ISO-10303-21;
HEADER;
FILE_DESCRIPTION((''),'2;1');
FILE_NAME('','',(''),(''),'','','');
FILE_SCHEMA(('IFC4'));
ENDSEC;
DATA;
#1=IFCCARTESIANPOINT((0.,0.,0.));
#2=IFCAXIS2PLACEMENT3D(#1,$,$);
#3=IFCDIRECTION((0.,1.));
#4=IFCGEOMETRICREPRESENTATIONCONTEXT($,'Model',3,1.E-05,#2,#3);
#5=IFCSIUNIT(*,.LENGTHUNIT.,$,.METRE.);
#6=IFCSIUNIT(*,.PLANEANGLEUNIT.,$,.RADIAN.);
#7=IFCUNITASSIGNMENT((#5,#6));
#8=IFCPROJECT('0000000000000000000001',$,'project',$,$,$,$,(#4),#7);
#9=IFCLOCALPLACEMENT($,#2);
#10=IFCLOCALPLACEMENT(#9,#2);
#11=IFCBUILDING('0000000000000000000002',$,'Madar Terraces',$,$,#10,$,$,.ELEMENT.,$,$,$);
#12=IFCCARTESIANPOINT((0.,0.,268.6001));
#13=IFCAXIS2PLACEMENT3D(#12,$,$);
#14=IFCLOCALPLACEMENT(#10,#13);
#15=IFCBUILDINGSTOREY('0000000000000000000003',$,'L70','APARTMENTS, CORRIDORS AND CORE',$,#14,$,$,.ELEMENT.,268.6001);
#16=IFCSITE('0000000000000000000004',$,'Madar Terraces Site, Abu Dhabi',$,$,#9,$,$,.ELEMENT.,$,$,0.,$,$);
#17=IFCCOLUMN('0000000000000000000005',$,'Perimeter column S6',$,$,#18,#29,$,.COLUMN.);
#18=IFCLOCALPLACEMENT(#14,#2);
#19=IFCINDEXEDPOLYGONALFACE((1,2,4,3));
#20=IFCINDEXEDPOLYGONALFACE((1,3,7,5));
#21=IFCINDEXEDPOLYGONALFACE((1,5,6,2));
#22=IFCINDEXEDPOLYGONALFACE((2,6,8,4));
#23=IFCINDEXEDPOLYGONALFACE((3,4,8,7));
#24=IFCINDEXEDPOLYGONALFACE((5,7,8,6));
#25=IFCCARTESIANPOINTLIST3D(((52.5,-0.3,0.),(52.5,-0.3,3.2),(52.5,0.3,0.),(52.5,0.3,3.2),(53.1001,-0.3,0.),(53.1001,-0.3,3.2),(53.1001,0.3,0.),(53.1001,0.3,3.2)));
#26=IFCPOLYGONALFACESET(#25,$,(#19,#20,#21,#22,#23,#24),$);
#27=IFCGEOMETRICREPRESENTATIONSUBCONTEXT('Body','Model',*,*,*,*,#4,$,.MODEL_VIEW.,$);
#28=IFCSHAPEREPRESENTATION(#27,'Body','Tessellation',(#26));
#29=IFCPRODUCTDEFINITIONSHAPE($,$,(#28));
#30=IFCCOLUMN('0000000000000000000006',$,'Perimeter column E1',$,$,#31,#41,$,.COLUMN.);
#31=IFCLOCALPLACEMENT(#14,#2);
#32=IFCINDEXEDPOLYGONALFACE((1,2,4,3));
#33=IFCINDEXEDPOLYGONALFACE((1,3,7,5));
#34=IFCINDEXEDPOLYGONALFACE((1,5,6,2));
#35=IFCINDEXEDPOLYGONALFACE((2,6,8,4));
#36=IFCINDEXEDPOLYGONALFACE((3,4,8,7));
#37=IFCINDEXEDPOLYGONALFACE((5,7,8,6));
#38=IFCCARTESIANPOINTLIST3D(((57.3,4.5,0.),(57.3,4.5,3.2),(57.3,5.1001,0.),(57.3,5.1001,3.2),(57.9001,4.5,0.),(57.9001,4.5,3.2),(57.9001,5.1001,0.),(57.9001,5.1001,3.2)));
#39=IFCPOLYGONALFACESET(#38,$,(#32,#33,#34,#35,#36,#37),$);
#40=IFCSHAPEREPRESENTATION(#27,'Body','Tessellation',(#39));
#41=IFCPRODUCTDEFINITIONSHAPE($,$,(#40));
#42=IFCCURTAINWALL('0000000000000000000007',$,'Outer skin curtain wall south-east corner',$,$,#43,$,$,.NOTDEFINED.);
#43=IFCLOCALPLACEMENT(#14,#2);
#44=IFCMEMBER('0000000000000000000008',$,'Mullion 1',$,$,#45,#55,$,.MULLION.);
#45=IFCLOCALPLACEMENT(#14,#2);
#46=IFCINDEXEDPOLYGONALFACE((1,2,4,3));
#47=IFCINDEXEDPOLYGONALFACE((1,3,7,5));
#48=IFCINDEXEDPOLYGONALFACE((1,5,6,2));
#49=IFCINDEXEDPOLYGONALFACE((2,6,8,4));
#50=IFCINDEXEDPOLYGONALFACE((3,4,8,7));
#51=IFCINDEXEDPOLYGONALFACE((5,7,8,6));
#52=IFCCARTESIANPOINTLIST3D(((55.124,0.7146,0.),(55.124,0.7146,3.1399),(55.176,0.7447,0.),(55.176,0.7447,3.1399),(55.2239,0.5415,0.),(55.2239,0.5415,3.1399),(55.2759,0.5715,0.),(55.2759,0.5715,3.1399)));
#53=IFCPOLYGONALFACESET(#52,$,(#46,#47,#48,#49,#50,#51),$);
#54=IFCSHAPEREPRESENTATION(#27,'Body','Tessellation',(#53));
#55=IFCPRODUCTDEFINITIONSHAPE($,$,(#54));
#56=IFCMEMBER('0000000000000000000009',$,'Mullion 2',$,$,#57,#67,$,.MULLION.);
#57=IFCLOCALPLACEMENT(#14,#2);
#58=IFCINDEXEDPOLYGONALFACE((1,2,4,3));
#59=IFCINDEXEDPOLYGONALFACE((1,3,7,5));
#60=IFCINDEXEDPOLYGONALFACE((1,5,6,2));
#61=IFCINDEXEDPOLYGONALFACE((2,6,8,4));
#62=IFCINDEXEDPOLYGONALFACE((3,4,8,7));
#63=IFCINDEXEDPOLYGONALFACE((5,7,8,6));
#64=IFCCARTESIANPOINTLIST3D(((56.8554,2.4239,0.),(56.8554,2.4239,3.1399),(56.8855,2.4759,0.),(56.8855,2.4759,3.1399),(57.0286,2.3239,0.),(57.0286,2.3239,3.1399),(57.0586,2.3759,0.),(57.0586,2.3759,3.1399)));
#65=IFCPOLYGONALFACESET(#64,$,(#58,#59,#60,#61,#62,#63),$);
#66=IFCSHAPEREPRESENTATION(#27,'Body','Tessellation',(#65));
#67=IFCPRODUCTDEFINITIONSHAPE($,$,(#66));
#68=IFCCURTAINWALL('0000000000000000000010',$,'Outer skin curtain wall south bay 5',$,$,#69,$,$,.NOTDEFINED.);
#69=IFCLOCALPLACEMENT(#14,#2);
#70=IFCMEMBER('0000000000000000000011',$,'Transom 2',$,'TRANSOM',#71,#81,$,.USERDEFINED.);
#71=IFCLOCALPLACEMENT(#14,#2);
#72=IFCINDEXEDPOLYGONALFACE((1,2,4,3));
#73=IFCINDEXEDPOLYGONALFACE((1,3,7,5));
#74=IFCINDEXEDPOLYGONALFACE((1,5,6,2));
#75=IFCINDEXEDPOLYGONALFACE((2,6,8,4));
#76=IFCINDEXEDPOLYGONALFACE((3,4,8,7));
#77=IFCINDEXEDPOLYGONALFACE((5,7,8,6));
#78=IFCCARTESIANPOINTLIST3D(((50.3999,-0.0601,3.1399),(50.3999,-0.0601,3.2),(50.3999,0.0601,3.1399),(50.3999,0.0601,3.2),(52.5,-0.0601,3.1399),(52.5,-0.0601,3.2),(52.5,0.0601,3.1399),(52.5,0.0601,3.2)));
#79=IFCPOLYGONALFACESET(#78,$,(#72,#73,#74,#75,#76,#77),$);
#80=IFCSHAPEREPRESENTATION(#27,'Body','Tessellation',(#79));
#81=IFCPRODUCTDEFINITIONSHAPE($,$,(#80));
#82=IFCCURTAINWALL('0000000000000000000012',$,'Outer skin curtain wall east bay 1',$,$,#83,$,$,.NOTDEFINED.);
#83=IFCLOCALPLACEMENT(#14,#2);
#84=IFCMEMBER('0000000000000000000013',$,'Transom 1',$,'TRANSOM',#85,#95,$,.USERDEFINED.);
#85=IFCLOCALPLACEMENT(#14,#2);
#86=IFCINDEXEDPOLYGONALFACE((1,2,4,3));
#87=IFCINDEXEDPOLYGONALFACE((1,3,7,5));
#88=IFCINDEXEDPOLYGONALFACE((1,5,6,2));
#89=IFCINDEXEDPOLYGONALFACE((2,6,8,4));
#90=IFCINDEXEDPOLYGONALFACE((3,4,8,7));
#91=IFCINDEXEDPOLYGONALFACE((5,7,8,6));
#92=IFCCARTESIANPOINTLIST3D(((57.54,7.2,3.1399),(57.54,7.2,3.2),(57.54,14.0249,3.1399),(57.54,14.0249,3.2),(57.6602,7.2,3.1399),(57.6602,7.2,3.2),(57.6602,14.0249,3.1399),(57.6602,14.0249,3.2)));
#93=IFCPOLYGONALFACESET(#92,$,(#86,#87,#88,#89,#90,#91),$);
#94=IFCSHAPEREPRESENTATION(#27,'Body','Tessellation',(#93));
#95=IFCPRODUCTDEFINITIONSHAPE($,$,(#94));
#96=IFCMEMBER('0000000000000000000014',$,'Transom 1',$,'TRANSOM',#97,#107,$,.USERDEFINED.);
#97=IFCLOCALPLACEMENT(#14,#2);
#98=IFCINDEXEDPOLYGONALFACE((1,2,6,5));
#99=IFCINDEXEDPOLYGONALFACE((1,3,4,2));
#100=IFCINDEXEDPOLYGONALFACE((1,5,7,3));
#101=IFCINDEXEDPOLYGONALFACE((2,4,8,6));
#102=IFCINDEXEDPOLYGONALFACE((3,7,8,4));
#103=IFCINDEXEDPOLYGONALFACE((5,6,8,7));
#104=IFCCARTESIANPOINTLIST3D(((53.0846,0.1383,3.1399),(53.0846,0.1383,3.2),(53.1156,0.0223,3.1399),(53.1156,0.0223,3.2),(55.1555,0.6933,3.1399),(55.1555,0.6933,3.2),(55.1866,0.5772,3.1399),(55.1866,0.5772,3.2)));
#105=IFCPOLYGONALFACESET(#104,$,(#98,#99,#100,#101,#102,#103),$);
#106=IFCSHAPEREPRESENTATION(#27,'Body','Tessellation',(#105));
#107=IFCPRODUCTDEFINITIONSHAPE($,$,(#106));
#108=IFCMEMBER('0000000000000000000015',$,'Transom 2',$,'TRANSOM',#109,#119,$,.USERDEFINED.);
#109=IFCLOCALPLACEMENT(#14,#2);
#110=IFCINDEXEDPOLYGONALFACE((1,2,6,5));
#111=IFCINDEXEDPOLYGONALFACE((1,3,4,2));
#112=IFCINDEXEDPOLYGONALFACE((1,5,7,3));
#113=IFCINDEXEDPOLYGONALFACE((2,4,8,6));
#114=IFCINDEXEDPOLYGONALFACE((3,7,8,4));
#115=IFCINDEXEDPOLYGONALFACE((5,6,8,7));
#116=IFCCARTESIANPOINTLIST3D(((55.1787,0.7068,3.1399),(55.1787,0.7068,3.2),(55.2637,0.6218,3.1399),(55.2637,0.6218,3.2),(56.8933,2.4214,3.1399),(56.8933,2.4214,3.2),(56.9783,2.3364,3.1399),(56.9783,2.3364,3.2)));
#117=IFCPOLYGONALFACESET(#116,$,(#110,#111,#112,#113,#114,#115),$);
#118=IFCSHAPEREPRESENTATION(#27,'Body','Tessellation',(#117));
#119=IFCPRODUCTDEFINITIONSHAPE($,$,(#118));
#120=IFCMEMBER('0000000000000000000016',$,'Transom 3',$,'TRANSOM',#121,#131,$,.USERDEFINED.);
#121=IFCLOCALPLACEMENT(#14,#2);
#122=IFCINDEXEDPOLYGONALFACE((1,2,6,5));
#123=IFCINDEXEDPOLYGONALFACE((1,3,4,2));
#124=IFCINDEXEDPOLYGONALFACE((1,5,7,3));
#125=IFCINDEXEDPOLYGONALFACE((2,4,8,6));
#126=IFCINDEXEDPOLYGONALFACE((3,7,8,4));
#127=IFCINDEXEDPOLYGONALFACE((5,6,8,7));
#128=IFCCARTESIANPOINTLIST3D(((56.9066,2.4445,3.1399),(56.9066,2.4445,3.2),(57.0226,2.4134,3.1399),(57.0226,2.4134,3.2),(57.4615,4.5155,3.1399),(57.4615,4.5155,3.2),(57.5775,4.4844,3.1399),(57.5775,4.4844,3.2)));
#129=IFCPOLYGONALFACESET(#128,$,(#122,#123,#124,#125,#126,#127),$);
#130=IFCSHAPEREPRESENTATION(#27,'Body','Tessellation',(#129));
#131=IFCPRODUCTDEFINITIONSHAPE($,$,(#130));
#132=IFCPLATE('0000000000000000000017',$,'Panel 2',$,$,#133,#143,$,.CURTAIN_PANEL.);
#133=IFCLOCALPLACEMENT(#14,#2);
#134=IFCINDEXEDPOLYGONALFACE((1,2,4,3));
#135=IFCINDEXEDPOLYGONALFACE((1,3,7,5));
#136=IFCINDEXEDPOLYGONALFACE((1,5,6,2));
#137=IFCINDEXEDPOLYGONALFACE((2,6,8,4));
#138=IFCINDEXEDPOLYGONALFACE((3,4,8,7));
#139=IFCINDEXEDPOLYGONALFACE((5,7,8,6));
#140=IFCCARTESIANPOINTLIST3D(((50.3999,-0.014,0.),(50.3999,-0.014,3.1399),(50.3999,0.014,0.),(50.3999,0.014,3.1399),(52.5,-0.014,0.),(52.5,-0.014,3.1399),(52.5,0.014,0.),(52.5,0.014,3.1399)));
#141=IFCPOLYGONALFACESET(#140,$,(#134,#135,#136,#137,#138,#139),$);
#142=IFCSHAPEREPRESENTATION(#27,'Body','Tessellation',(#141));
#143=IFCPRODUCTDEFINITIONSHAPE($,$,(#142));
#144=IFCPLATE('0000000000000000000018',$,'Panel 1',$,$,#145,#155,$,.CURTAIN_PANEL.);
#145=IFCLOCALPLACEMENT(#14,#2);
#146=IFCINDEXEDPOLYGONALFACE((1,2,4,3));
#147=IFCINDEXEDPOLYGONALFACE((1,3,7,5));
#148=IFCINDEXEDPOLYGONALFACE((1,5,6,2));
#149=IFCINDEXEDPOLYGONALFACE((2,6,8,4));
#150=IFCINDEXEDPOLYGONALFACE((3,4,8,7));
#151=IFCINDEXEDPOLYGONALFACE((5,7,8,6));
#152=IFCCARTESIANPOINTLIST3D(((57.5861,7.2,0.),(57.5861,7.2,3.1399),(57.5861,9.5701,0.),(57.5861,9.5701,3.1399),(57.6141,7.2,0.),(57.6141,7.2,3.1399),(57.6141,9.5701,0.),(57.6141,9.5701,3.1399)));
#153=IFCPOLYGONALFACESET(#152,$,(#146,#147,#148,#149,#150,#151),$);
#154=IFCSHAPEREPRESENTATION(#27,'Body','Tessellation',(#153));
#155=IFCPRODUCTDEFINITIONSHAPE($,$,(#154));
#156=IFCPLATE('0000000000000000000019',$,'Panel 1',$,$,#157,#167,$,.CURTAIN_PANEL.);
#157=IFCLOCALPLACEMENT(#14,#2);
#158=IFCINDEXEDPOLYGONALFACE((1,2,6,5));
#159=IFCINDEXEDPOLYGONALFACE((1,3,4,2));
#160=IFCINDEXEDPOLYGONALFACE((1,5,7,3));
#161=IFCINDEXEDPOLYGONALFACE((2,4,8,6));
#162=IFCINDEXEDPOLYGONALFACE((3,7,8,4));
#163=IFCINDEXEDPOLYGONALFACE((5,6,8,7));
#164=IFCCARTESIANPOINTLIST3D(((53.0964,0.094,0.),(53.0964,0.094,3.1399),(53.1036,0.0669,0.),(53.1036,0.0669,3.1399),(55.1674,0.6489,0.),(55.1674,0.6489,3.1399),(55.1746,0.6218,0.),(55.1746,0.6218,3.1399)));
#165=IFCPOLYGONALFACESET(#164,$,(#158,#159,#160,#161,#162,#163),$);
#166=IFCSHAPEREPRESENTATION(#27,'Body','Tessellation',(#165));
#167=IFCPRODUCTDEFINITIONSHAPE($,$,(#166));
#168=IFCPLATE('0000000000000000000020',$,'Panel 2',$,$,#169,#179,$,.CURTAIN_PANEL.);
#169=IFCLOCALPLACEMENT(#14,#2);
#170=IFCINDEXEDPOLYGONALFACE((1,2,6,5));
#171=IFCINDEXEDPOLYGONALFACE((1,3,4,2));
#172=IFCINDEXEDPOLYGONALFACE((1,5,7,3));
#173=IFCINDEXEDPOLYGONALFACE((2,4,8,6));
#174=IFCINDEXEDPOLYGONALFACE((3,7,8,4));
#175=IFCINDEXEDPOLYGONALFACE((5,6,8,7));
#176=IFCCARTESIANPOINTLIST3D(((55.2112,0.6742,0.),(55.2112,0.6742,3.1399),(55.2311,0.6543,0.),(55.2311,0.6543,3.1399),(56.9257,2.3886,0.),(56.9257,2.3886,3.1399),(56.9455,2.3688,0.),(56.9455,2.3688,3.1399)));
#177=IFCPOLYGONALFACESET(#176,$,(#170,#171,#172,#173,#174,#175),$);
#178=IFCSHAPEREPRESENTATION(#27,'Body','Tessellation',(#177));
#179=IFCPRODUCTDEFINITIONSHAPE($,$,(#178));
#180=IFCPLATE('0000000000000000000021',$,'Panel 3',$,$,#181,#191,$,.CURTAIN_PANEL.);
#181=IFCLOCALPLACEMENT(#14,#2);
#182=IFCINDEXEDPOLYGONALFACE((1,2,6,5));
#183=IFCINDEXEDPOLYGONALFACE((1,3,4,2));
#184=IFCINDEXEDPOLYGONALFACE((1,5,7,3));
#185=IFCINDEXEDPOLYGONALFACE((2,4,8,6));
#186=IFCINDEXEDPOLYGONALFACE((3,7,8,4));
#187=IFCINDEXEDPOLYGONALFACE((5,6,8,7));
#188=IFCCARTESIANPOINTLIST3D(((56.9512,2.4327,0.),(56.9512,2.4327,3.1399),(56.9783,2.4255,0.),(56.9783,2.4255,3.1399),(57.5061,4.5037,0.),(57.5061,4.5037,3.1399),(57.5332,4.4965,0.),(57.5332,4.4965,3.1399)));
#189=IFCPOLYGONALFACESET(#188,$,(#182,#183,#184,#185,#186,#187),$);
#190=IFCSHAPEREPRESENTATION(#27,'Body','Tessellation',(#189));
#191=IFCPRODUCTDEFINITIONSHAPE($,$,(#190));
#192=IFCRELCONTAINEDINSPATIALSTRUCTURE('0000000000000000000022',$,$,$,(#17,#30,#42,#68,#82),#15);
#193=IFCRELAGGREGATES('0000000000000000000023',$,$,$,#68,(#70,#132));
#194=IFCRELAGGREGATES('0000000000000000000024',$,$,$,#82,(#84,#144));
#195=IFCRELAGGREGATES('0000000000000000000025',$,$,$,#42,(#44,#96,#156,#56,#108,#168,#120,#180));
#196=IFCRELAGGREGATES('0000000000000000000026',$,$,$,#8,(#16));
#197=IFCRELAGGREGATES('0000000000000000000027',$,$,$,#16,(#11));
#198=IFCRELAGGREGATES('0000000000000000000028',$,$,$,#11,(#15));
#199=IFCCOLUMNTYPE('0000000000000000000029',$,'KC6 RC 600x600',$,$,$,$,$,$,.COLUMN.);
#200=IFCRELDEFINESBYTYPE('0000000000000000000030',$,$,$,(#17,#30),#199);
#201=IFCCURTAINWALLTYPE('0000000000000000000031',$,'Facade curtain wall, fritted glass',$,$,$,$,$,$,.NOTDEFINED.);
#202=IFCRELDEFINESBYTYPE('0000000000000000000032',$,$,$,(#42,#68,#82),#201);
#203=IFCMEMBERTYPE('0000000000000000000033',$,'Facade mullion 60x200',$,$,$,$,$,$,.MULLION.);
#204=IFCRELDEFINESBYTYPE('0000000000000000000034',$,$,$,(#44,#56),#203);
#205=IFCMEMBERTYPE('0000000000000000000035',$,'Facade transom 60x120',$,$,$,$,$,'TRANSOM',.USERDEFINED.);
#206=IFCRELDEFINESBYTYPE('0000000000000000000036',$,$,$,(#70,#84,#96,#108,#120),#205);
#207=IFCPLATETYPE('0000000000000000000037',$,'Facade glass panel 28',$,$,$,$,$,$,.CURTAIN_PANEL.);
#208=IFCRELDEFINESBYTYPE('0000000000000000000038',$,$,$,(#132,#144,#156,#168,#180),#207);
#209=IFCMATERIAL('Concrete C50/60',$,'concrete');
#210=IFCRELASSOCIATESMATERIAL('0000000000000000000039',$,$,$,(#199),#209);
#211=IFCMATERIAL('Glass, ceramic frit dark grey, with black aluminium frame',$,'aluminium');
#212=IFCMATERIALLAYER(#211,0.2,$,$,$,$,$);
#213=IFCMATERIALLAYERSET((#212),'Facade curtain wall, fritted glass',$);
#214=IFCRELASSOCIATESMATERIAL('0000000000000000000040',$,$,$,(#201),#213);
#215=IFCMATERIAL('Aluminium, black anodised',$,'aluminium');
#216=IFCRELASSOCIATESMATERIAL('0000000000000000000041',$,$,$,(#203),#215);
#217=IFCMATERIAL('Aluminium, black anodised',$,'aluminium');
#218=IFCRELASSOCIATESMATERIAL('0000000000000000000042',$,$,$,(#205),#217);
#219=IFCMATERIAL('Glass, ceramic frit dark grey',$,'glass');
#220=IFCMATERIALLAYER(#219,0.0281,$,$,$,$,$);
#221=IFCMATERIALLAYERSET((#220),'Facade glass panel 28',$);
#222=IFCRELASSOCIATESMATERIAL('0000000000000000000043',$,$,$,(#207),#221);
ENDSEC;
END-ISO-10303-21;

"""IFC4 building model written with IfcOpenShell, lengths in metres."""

from ifc_helpers import new_model, si_unit, direction, frame, origin, origin_2d, place, context, subcontext, project, spatial, rectangle, extrude, material, layer, layer_set, material_profile, profile_set, type_object, element, aggregate, save


model = new_model("IFC4")

# Units and contexts
model_context = context("Model", 3, precision=1e-05, world=origin(), true_north=direction((0.0, 1.0)))
body_context = subcontext(model_context, "Body", "Model", "MODEL_VIEW")
ifc_project = project(units=[si_unit("LENGTHUNIT", "METRE"), si_unit("PLANEANGLEUNIT", "RADIAN")], contexts=[model_context])

# Site, building, storey
site_placement = place(None, origin())
site = spatial("IfcSite", under=ifc_project, at=site_placement, Name="Madar Terraces Site, Abu Dhabi", CompositionType="ELEMENT", RefElevation=0.0)
building_placement = place(site_placement, origin())
building = spatial("IfcBuilding", under=site, at=building_placement, Name="Madar Terraces", CompositionType="ELEMENT")
storey_placement = place(building_placement, frame((0.0, 0.0, 268.6001)))
storey = spatial("IfcBuildingStorey", under=building, at=storey_placement, Name="L70", Description="APARTMENTS, CORRIDORS AND CORE", CompositionType="ELEMENT", Elevation=268.6001)

# Columns
ifc_material_1 = material(Name="Concrete C50/60", Category="concrete")
ifc_material_profile_1 = material_profile(ifc_material_1, rectangle(XDim=0.6001, YDim=0.6001, at=origin_2d()), Name="KC6 RC 600x600")
ifc_profile_set_1 = profile_set([ifc_material_profile_1], Name="Concrete C50/60")
column_type = type_object("IfcColumnType", Name="KC6 RC 600x600", PredefinedType="COLUMN", material=ifc_profile_set_1)
for number, where, z_axis, x_axis, name in (
    (1, (52.8, 0.0, 0.0), (0.0, 0.0, 1.0), (1.0, 0.0, 0.0), "Perimeter column S6"),
    (2, (57.6001, 4.8, 0.0), (0.0, 0.0, 1.0), (1.0, 0.0, 0.0), "Perimeter column E1"),
):
    element("IfcColumn", number, at=place(storey_placement, frame(where, z_axis=z_axis, x_axis=x_axis)), inside=storey, type_object=column_type, Name=name, PredefinedType="COLUMN", context=body_context, shape_type="SweptSolid", body=[
        extrude(rectangle(XDim=0.6001, YDim=0.6001, at=origin_2d()), origin(), (0.0, 0.0, 1.0), 3.2),
    ])

# Curtain wall, members
ifc_material_2 = material(Name="Glass, ceramic frit dark grey, with black aluminium frame", Category="aluminium")
ifc_layer_1 = layer(ifc_material_2, 0.2)
ifc_layer_set_1 = layer_set([ifc_layer_1], Name="Facade curtain wall, fritted glass")
curtain_wall_type = type_object("IfcCurtainWallType", Name="Facade curtain wall, fritted glass", PredefinedType="NOTDEFINED", material=ifc_layer_set_1)
curtain_wall_1_placement = place(storey_placement, origin())
curtain_wall_1 = element("IfcCurtainWall", 3, at=curtain_wall_1_placement, inside=storey, type_object=curtain_wall_type, Name="Outer skin curtain wall south-east corner", PredefinedType="NOTDEFINED")
ifc_material_3 = material(Name="Aluminium, black anodised", Category="aluminium")
ifc_material_profile_2 = material_profile(ifc_material_3, rectangle(XDim=0.2, YDim=0.0601, at=origin_2d()), Name="Facade mullion 60x200")
ifc_profile_set_2 = profile_set([ifc_material_profile_2], Name="Aluminium, black anodised")
member_type_1 = type_object("IfcMemberType", Name="Facade mullion 60x200", PredefinedType="MULLION", material=ifc_profile_set_2)
member_1_placement = place(storey_placement, frame((55.2, 0.6431, 0.0), z_axis=(0.0, 0.0, 1.0), x_axis=(-0.5, 0.866025, 0.0)))
member_1 = element("IfcMember", 4, at=member_1_placement, type_object=member_type_1, Name="Mullion 1", PredefinedType="MULLION", context=body_context, shape_type="SweptSolid", body=[
    extrude(rectangle(XDim=0.2, YDim=0.0601, at=origin_2d()), origin(), (0.0, 0.0, 1.0), 3.1399),
])
member_2_placement = place(storey_placement, frame((56.957, 2.3999, 0.0), z_axis=(0.0, 0.0, 1.0), x_axis=(-0.866025, 0.5, 0.0)))
member_2 = element("IfcMember", 5, at=member_2_placement, type_object=member_type_1, Name="Mullion 2", PredefinedType="MULLION", context=body_context, shape_type="SweptSolid", body=[
    extrude(rectangle(XDim=0.2, YDim=0.0601, at=origin_2d()), origin(), (0.0, 0.0, 1.0), 3.1399),
])

# Curtain walls, members
curtain_wall_2_placement = place(storey_placement, origin())
curtain_wall_2 = element("IfcCurtainWall", 6, at=curtain_wall_2_placement, inside=storey, type_object=curtain_wall_type, Name="Outer skin curtain wall south bay 5", PredefinedType="NOTDEFINED")
ifc_material_4 = material(Name="Aluminium, black anodised", Category="aluminium")
ifc_material_profile_3 = material_profile(ifc_material_4, rectangle(XDim=0.1201, YDim=0.0601, at=origin_2d()), Name="Facade transom 60x120")
ifc_profile_set_3 = profile_set([ifc_material_profile_3], Name="Aluminium, black anodised")
member_type_2 = type_object("IfcMemberType", Name="Facade transom 60x120", ElementType="TRANSOM", PredefinedType="USERDEFINED", material=ifc_profile_set_3)
member_3_placement = place(storey_placement, frame((50.3999, 0.0, 3.1699), z_axis=(1.0, 0.0, 0.0), x_axis=(0.0, 1.0, 0.0)))
member_3 = element("IfcMember", 7, at=member_3_placement, type_object=member_type_2, Name="Transom 2", ObjectType="TRANSOM", PredefinedType="USERDEFINED", context=body_context, shape_type="SweptSolid", body=[
    extrude(rectangle(XDim=0.1201, YDim=0.0601, at=origin_2d()), origin(), (0.0, 0.0, 1.0), 2.1001),
])
curtain_wall_3_placement = place(storey_placement, origin())
curtain_wall_3 = element("IfcCurtainWall", 8, at=curtain_wall_3_placement, inside=storey, type_object=curtain_wall_type, Name="Outer skin curtain wall east bay 1", PredefinedType="NOTDEFINED")
member_4_placement = place(storey_placement, frame((57.6001, 7.2, 3.1699), z_axis=(0.0, 1.0, 0.0), x_axis=(-1.0, 0.0, 0.0)))
member_4 = element("IfcMember", 9, at=member_4_placement, type_object=member_type_2, Name="Transom 1", ObjectType="TRANSOM", PredefinedType="USERDEFINED", context=body_context, shape_type="SweptSolid", body=[
    extrude(rectangle(XDim=0.1201, YDim=0.0601, at=origin_2d()), origin(), (0.0, 0.0, 1.0), 6.825),
])

# Members
member_5_placement = place(storey_placement, frame((53.1001, 0.0803, 3.1699), z_axis=(0.965926, 0.258818, 0.0), x_axis=(-0.258818, 0.965926, 0.0)))
member_5 = element("IfcMember", 10, at=member_5_placement, type_object=member_type_2, Name="Transom 1", ObjectType="TRANSOM", PredefinedType="USERDEFINED", context=body_context, shape_type="SweptSolid", body=[
    extrude(rectangle(XDim=0.1201, YDim=0.0601, at=origin_2d()), origin(), (0.0, 0.0, 1.0), 2.144),
])
member_6_placement = place(storey_placement, frame((55.2212, 0.6643, 3.1699), z_axis=(0.707107, 0.707107, 0.0), x_axis=(-0.707107, 0.707107, 0.0)))
member_6 = element("IfcMember", 11, at=member_6_placement, type_object=member_type_2, Name="Transom 2", ObjectType="TRANSOM", PredefinedType="USERDEFINED", context=body_context, shape_type="SweptSolid", body=[
    extrude(rectangle(XDim=0.1201, YDim=0.0601, at=origin_2d()), origin(), (0.0, 0.0, 1.0), 2.4248),
])
member_7_placement = place(storey_placement, frame((56.9646, 2.429, 3.1699), z_axis=(0.258818, 0.965926, 0.0), x_axis=(-0.965926, 0.258818, 0.0)))
member_7 = element("IfcMember", 12, at=member_7_placement, type_object=member_type_2, Name="Transom 3", ObjectType="TRANSOM", PredefinedType="USERDEFINED", context=body_context, shape_type="SweptSolid", body=[
    extrude(rectangle(XDim=0.1201, YDim=0.0601, at=origin_2d()), origin(), (0.0, 0.0, 1.0), 2.144),
])

# Plates
ifc_material_5 = material(Name="Glass, ceramic frit dark grey", Category="glass")
ifc_layer_2 = layer(ifc_material_5, 0.0281)
ifc_layer_set_2 = layer_set([ifc_layer_2], Name="Facade glass panel 28")
plate_type = type_object("IfcPlateType", Name="Facade glass panel 28", PredefinedType="CURTAIN_PANEL", material=ifc_layer_set_2)
plate_1_placement = place(storey_placement, frame((51.45, 0.0, 0.0), z_axis=(0.0, 0.0, 1.0), x_axis=(1.0, 0.0, 0.0)))
plate_1 = element("IfcPlate", 13, at=plate_1_placement, type_object=plate_type, Name="Panel 2", PredefinedType="CURTAIN_PANEL", context=body_context, shape_type="SweptSolid", body=[
    extrude(rectangle(XDim=2.1001, YDim=0.0281, at=origin_2d()), origin(), (0.0, 0.0, 1.0), 3.1399),
])
aggregate(curtain_wall_2, [member_3, plate_1])
plate_2_placement = place(storey_placement, frame((57.6001, 8.385, 0.0), z_axis=(0.0, 0.0, 1.0), x_axis=(0.0, 1.0, 0.0)))
plate_2 = element("IfcPlate", 14, at=plate_2_placement, type_object=plate_type, Name="Panel 1", PredefinedType="CURTAIN_PANEL", context=body_context, shape_type="SweptSolid", body=[
    extrude(rectangle(XDim=2.3701, YDim=0.0281, at=origin_2d()), origin(), (0.0, 0.0, 1.0), 3.1399),
])
aggregate(curtain_wall_3, [member_4, plate_2])
plate_3_placement = place(storey_placement, frame((54.1355, 0.3579, 0.0), z_axis=(0.0, 0.0, 1.0), x_axis=(0.965926, 0.258819, 0.0)))
plate_3 = element("IfcPlate", 15, at=plate_3_placement, type_object=plate_type, Name="Panel 1", PredefinedType="CURTAIN_PANEL", context=body_context, shape_type="SweptSolid", body=[
    extrude(rectangle(XDim=2.144, YDim=0.0281, at=origin_2d()), origin(), (0.0, 0.0, 1.0), 3.1399),
])
plate_4_placement = place(storey_placement, frame((56.0784, 1.5215, 0.0), z_axis=(0.0, 0.0, 1.0), x_axis=(0.707107, 0.707107, 0.0)))
plate_4 = element("IfcPlate", 16, at=plate_4_placement, type_object=plate_type, Name="Panel 2", PredefinedType="CURTAIN_PANEL", context=body_context, shape_type="SweptSolid", body=[
    extrude(rectangle(XDim=2.4246, YDim=0.0281, at=origin_2d()), origin(), (0.0, 0.0, 1.0), 3.1399),
])
plate_5_placement = place(storey_placement, frame((57.2422, 3.4646, 0.0), z_axis=(0.0, 0.0, 1.0), x_axis=(0.258819, 0.965926, 0.0)))
plate_5 = element("IfcPlate", 17, at=plate_5_placement, type_object=plate_type, Name="Panel 3", PredefinedType="CURTAIN_PANEL", context=body_context, shape_type="SweptSolid", body=[
    extrude(rectangle(XDim=2.144, YDim=0.0281, at=origin_2d()), origin(), (0.0, 0.0, 1.0), 3.1399),
])
aggregate(curtain_wall_1, [member_1, member_5, plate_3, member_2, member_6, plate_4, member_7, plate_5])

save(model, "model.ifc")
